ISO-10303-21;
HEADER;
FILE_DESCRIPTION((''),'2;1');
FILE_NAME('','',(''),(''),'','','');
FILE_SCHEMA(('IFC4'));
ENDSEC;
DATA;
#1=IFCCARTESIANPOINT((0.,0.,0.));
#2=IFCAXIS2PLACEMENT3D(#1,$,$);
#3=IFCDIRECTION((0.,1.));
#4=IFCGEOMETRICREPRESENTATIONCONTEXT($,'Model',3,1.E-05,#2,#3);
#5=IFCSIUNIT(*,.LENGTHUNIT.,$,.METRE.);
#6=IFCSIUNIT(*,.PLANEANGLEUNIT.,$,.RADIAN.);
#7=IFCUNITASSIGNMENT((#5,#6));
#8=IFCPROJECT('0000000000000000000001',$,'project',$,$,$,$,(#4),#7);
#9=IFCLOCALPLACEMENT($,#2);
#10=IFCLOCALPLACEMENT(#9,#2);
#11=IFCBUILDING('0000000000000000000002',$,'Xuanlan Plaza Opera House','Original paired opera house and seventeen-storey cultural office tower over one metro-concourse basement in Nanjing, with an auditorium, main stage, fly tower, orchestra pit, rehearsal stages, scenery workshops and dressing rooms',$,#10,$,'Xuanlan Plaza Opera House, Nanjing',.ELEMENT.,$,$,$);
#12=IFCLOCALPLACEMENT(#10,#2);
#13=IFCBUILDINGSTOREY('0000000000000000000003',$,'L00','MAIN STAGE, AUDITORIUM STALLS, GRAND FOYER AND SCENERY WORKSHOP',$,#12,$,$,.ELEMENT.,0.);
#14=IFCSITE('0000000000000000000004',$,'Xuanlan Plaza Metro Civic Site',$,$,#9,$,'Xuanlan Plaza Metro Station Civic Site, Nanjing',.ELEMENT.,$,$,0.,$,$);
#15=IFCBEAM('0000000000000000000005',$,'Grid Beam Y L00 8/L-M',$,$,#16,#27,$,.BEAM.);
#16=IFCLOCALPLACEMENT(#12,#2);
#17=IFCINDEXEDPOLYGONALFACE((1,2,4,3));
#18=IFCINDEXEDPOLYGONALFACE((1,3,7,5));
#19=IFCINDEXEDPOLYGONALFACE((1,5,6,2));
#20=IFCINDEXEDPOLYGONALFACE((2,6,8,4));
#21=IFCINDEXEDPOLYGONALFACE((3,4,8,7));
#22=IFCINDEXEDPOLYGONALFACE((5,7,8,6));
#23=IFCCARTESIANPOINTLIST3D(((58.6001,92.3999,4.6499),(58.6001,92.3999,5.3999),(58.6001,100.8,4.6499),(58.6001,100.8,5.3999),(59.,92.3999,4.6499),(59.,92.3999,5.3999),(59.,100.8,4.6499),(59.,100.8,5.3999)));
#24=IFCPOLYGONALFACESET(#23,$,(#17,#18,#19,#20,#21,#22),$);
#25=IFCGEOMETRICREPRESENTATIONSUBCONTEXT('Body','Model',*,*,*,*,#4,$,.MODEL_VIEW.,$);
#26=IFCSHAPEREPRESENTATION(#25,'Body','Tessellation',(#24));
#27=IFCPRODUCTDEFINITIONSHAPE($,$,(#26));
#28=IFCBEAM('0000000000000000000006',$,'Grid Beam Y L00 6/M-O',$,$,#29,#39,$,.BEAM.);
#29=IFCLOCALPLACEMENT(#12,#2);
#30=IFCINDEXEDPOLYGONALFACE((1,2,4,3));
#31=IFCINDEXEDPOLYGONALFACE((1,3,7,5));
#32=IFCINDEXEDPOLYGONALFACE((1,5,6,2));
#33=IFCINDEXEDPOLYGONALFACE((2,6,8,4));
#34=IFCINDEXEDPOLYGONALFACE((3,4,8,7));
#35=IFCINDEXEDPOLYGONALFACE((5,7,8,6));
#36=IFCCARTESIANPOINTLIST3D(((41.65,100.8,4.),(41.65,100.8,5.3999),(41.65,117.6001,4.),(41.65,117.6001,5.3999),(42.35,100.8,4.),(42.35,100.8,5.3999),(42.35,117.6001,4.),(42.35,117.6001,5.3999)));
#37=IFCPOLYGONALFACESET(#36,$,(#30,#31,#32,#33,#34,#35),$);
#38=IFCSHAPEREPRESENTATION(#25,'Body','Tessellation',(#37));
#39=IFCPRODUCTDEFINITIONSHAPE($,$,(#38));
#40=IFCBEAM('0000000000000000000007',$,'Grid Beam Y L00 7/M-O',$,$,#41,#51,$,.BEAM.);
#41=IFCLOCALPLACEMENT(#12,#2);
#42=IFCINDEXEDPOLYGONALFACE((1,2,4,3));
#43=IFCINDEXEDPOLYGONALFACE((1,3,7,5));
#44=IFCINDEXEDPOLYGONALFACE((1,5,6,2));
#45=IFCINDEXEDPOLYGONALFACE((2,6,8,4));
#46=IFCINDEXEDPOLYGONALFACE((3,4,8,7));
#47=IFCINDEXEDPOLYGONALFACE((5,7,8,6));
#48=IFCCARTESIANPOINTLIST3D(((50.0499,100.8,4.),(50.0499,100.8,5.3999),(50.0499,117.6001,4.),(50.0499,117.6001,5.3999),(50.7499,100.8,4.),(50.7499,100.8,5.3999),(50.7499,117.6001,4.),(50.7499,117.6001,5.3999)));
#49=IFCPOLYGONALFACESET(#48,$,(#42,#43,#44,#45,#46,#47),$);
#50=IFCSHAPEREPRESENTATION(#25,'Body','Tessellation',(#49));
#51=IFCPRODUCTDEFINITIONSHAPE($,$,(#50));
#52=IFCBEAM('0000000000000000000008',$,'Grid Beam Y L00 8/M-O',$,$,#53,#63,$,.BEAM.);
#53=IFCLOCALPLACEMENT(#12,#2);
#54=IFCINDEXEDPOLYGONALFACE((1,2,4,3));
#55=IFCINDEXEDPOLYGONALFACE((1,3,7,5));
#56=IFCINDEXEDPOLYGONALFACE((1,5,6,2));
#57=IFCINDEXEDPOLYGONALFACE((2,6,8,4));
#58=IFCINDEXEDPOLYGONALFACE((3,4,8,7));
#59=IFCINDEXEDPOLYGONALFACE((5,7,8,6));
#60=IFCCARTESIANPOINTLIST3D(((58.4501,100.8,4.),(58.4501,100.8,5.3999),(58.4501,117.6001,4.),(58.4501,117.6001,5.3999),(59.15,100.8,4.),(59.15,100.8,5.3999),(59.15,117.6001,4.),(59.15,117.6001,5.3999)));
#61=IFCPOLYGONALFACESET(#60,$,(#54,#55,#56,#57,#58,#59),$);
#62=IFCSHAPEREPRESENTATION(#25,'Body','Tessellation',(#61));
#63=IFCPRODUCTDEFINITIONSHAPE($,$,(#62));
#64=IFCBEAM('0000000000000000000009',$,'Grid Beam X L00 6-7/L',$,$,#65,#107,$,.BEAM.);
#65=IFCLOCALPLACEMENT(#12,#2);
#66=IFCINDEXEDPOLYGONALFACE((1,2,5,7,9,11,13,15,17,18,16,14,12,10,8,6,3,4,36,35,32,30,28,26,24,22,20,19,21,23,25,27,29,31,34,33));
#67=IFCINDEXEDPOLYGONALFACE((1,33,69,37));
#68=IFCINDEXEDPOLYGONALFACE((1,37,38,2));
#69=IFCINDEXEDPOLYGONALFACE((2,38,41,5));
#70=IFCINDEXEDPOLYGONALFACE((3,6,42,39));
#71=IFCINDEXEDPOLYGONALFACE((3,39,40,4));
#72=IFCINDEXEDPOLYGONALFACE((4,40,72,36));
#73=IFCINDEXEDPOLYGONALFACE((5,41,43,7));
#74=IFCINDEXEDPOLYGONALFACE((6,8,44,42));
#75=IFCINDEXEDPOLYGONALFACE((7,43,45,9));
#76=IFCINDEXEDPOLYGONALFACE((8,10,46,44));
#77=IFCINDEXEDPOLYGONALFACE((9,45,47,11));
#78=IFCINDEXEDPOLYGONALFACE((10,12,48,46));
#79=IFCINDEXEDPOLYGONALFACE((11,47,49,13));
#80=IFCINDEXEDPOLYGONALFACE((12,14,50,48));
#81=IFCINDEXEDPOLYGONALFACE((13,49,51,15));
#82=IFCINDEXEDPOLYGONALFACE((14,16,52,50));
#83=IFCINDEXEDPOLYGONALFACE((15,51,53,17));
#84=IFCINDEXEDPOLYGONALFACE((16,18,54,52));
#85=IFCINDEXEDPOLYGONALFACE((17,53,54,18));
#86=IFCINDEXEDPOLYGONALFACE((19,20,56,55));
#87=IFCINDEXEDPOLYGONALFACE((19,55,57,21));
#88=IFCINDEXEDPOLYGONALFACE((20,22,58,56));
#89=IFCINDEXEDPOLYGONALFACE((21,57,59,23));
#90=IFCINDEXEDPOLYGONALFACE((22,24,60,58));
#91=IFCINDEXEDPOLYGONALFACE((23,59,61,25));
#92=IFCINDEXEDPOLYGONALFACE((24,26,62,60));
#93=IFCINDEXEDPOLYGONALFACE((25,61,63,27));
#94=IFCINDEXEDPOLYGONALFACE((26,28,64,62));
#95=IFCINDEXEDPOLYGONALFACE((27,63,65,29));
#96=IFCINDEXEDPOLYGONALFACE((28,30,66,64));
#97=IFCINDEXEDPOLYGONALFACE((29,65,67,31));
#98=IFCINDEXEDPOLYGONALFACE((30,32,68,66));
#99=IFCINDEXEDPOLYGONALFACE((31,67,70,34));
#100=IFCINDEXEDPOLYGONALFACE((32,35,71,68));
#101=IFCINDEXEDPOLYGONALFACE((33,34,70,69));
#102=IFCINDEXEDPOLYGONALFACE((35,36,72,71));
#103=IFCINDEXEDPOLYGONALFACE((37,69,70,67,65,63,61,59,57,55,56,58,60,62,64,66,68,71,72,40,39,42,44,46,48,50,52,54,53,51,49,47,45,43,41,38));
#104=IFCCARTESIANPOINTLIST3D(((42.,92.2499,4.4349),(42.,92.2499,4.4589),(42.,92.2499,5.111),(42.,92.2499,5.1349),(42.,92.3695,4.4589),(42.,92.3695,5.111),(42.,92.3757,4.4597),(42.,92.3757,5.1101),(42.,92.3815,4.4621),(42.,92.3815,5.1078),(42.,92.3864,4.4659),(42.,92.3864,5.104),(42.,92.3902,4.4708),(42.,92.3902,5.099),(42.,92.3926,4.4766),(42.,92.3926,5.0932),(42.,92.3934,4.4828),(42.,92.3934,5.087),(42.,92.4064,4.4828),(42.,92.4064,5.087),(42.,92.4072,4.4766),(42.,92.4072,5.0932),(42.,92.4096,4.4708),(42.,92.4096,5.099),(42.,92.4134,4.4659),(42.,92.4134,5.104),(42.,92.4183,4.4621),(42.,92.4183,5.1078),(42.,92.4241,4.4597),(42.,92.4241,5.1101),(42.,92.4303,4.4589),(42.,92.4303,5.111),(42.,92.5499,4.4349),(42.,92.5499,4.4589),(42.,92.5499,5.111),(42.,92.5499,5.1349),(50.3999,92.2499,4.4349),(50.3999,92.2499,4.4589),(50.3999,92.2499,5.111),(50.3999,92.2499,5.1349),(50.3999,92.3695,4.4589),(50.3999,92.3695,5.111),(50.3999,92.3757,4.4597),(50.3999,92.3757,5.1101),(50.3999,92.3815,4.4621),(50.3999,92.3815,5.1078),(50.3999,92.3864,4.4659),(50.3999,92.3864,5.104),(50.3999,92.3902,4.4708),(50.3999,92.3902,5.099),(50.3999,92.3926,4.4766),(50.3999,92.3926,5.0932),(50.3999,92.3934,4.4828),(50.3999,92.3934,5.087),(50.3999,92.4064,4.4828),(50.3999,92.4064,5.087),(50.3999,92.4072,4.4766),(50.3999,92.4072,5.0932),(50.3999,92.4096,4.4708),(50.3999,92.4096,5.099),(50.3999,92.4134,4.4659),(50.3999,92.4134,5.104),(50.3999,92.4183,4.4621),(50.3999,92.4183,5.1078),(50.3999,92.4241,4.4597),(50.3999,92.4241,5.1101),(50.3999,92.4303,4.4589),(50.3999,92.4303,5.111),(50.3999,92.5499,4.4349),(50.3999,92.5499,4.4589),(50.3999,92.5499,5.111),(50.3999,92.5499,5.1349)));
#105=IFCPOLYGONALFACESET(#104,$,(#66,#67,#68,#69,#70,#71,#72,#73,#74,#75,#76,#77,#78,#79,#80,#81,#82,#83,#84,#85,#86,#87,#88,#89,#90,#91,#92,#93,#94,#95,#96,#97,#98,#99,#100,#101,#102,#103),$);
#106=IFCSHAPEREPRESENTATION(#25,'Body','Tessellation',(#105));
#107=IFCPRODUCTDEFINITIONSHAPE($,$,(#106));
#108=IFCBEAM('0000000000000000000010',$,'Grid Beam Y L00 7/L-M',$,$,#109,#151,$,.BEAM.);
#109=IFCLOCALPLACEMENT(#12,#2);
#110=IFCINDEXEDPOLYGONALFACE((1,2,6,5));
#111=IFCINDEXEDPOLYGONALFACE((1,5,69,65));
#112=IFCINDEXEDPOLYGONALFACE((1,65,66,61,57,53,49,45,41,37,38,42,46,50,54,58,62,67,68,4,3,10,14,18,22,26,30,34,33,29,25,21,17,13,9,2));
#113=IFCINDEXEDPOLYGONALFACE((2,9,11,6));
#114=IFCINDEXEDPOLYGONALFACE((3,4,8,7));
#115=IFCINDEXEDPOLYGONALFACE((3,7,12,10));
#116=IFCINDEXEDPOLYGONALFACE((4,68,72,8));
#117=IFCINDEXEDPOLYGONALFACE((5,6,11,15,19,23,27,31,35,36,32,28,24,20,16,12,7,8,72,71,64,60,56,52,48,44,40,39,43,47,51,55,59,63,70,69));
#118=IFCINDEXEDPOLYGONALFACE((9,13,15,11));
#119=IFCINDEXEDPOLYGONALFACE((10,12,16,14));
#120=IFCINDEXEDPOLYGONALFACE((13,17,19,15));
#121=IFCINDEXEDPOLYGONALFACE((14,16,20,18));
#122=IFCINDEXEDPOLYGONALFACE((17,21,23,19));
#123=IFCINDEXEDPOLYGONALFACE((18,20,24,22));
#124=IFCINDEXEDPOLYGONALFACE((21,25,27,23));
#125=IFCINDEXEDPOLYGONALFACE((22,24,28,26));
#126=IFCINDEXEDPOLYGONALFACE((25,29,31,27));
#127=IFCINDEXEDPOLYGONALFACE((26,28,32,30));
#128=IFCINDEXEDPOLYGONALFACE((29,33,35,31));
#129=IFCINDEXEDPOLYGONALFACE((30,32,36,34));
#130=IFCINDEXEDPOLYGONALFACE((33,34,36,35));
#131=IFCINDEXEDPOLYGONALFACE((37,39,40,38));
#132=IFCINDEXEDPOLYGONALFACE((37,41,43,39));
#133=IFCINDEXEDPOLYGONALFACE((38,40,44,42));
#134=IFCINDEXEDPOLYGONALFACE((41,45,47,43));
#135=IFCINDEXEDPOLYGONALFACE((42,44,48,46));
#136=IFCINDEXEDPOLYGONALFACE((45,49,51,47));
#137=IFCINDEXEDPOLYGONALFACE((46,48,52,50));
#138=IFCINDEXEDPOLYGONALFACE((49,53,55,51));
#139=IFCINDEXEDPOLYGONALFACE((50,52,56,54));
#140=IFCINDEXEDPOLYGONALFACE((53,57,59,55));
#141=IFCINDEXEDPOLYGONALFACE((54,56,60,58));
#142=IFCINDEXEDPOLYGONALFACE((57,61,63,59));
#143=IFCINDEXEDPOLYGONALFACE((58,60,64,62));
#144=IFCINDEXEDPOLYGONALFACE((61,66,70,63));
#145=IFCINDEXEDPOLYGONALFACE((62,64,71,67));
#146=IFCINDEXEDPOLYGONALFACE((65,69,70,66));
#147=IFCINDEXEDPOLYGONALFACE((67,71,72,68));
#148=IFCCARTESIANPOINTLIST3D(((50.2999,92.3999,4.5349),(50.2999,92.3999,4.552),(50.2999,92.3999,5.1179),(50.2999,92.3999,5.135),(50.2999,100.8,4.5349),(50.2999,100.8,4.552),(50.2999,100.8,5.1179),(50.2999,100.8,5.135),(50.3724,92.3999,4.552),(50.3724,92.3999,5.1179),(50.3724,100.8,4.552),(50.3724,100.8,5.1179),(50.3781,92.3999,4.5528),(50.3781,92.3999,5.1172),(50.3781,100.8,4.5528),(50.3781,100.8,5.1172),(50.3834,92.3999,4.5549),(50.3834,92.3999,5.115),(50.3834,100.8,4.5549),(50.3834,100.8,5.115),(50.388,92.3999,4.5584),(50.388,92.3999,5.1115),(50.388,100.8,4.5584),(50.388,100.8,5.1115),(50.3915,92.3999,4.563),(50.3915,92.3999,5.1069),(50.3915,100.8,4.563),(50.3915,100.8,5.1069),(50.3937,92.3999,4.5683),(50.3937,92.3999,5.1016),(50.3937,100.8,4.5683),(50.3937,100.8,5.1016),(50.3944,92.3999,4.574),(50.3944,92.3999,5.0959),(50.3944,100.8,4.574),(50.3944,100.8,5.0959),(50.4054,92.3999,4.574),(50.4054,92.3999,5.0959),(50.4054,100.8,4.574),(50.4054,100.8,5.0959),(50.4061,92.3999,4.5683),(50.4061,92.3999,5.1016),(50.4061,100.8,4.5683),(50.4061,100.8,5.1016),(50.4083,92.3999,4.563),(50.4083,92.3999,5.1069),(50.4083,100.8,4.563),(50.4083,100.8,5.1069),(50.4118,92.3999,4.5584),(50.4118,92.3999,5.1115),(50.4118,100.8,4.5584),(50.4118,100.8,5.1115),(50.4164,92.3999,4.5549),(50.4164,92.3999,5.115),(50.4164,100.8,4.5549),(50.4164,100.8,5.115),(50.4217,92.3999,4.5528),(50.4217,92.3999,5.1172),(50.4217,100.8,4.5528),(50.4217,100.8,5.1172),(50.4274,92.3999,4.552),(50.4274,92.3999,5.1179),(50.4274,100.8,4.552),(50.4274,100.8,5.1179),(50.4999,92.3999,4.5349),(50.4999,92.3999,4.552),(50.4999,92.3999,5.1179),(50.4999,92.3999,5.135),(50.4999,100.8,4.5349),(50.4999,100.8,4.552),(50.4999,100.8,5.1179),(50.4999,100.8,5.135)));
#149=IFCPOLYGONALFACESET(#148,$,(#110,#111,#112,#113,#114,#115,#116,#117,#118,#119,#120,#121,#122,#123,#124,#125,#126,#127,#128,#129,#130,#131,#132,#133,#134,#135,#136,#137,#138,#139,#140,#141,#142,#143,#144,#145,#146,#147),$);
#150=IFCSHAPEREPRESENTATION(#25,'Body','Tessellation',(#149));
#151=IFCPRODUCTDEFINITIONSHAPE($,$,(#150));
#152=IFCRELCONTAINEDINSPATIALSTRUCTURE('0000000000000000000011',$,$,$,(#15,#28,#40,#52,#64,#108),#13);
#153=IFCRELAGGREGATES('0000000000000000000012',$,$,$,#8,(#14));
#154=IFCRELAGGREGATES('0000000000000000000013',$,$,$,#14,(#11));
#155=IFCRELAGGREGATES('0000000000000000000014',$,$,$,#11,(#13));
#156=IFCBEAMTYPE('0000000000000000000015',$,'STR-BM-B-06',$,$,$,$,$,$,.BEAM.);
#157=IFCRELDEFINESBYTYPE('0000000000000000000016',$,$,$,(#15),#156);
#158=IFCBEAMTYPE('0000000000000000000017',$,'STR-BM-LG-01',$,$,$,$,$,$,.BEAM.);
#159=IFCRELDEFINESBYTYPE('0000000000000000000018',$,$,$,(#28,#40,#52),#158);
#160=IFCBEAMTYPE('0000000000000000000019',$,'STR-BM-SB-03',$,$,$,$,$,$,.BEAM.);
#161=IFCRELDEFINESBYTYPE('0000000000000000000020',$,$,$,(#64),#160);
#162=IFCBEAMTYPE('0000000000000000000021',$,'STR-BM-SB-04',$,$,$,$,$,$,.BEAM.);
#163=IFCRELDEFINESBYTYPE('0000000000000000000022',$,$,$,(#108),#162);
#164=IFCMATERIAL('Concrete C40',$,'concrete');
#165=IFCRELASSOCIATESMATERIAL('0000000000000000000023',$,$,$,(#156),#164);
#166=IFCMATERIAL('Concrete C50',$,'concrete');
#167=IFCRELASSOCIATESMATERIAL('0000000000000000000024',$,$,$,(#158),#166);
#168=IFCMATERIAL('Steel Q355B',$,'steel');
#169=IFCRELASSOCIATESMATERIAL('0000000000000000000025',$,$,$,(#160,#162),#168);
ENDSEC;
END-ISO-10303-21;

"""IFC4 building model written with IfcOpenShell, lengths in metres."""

from ifc_helpers import new_model, si_unit, direction, frame, origin, origin_2d, place, context, subcontext, project, spatial, rectangle, i_section, extrude, material, material_profile, profile_set, type_object, element, save


model = new_model("IFC4")

# Units and contexts
model_context = context("Model", 3, precision=1e-05, world=origin(), true_north=direction((0.0, 1.0)))
body_context = subcontext(model_context, "Body", "Model", "MODEL_VIEW")
ifc_project = project(units=[si_unit("LENGTHUNIT", "METRE"), si_unit("PLANEANGLEUNIT", "RADIAN")], contexts=[model_context])

# Site, building, storey
site_placement = place(None, origin())
site = spatial("IfcSite", under=ifc_project, at=site_placement, Name="Xuanlan Plaza Metro Civic Site", LongName="Xuanlan Plaza Metro Station Civic Site, Nanjing", CompositionType="ELEMENT", RefElevation=0.0)
building_placement = place(site_placement, origin())
building = spatial("IfcBuilding", under=site, at=building_placement, Name="Xuanlan Plaza Opera House", Description="Original paired opera house and seventeen-storey cultural office tower over one metro-concourse basement in Nanjing, with an auditorium, main stage, fly tower, orchestra pit, rehearsal stages, scenery workshops and dressing rooms", LongName="Xuanlan Plaza Opera House, Nanjing", CompositionType="ELEMENT")
storey_placement = place(building_placement, origin())
storey = spatial("IfcBuildingStorey", under=building, at=storey_placement, Name="L00", Description="MAIN STAGE, AUDITORIUM STALLS, GRAND FOYER AND SCENERY WORKSHOP", CompositionType="ELEMENT", Elevation=0.0)

# Shared definitions
ifc_material_1 = material(Name="Concrete C40", Category="concrete")

# Beams
ifc_material_2 = material(Name="Concrete C50", Category="concrete")
ifc_material_profile_1 = material_profile(ifc_material_1, rectangle(XDim=0.3999, YDim=0.75, at=origin_2d()), Name="RC-BM 400x750")
ifc_profile_set_1 = profile_set([ifc_material_profile_1], Name="Concrete C40")
beam_type_1 = type_object("IfcBeamType", Name="STR-BM-B-06", PredefinedType="BEAM", material=ifc_profile_set_1)
beam_1_placement = place(storey_placement, frame((58.8, 92.3999, 5.0249), z_axis=(0.0, 1.0, 0.0), x_axis=(-1.0, 0.0, 0.0)))
element("IfcBeam", 1, at=beam_1_placement, inside=storey, type_object=beam_type_1, Name="Grid Beam Y L00 8/L-M", PredefinedType="BEAM", context=body_context, shape_type="SweptSolid", body=[
    extrude(rectangle(XDim=0.3999, YDim=0.75, at=origin_2d()), origin(), (0.0, 0.0, 1.0), 8.4001),
])
ifc_material_profile_2 = material_profile(ifc_material_2, rectangle(XDim=0.7, YDim=1.3999, at=origin_2d()), Name="RC-LG 700x1400")
ifc_profile_set_2 = profile_set([ifc_material_profile_2], Name="Concrete C50")
beam_type_2 = type_object("IfcBeamType", Name="STR-BM-LG-01", PredefinedType="BEAM", material=ifc_profile_set_2)
for number, where, z_axis, x_axis, name in (
    (2, (42.0, 100.8, 4.7), (0.0, 1.0, 0.0), (-1.0, 0.0, 0.0), "Grid Beam Y L00 6/M-O"),
    (3, (50.3999, 100.8, 4.7), (0.0, 1.0, 0.0), (-1.0, 0.0, 0.0), "Grid Beam Y L00 7/M-O"),
    (4, (58.8, 100.8, 4.7), (0.0, 1.0, 0.0), (-1.0, 0.0, 0.0), "Grid Beam Y L00 8/M-O"),
):
    element("IfcBeam", number, at=place(storey_placement, frame(where, z_axis=z_axis, x_axis=x_axis)), inside=storey, type_object=beam_type_2, Name=name, PredefinedType="BEAM", context=body_context, shape_type="SweptSolid", body=[
        extrude(rectangle(XDim=0.7, YDim=1.3999, at=origin_2d()), origin(), (0.0, 0.0, 1.0), 16.8),
    ])
ifc_material_3 = material(Name="Steel Q355B", Category="steel")
ifc_material_profile_3 = material_profile(ifc_material_3, i_section(OverallWidth=0.3, OverallDepth=0.7, WebThickness=0.0129, FlangeThickness=0.0239, FilletRadius=0.0239, at=origin_2d()), Name="HN 700x300x13x24")
ifc_profile_set_3 = profile_set([ifc_material_profile_3], Name="Steel Q355B")
beam_type_3 = type_object("IfcBeamType", Name="STR-BM-SB-03", PredefinedType="BEAM", material=ifc_profile_set_3)
beam_2_placement = place(storey_placement, frame((42.0, 92.3999, 4.7849), z_axis=(1.0, 0.0, 0.0), x_axis=(0.0, 1.0, 0.0)))
element("IfcBeam", 5, at=beam_2_placement, inside=storey, type_object=beam_type_3, Name="Grid Beam X L00 6-7/L", PredefinedType="BEAM", context=body_context, shape_type="SweptSolid", body=[
    extrude(i_section(OverallWidth=0.3, OverallDepth=0.7, WebThickness=0.0129, FlangeThickness=0.0239, FilletRadius=0.0239, at=origin_2d()), origin(), (0.0, 0.0, 1.0), 8.3999),
])
ifc_material_profile_4 = material_profile(ifc_material_3, i_section(OverallWidth=0.2, OverallDepth=0.6001, WebThickness=0.011, FlangeThickness=0.0171, FilletRadius=0.022, at=origin_2d()), Name="HN 600x200x11x17")
ifc_profile_set_4 = profile_set([ifc_material_profile_4], Name="Steel Q355B")
beam_type_4 = type_object("IfcBeamType", Name="STR-BM-SB-04", PredefinedType="BEAM", material=ifc_profile_set_4)
beam_3_placement = place(storey_placement, frame((50.3999, 92.3999, 4.835), z_axis=(0.0, 1.0, 0.0), x_axis=(-1.0, 0.0, 0.0)))
element("IfcBeam", 6, at=beam_3_placement, inside=storey, type_object=beam_type_4, Name="Grid Beam Y L00 7/L-M", PredefinedType="BEAM", context=body_context, shape_type="SweptSolid", body=[
    extrude(i_section(OverallWidth=0.2, OverallDepth=0.6001, WebThickness=0.011, FlangeThickness=0.0171, FilletRadius=0.022, at=origin_2d()), origin(), (0.0, 0.0, 1.0), 8.4001),
])

save(model, "model.ifc")
